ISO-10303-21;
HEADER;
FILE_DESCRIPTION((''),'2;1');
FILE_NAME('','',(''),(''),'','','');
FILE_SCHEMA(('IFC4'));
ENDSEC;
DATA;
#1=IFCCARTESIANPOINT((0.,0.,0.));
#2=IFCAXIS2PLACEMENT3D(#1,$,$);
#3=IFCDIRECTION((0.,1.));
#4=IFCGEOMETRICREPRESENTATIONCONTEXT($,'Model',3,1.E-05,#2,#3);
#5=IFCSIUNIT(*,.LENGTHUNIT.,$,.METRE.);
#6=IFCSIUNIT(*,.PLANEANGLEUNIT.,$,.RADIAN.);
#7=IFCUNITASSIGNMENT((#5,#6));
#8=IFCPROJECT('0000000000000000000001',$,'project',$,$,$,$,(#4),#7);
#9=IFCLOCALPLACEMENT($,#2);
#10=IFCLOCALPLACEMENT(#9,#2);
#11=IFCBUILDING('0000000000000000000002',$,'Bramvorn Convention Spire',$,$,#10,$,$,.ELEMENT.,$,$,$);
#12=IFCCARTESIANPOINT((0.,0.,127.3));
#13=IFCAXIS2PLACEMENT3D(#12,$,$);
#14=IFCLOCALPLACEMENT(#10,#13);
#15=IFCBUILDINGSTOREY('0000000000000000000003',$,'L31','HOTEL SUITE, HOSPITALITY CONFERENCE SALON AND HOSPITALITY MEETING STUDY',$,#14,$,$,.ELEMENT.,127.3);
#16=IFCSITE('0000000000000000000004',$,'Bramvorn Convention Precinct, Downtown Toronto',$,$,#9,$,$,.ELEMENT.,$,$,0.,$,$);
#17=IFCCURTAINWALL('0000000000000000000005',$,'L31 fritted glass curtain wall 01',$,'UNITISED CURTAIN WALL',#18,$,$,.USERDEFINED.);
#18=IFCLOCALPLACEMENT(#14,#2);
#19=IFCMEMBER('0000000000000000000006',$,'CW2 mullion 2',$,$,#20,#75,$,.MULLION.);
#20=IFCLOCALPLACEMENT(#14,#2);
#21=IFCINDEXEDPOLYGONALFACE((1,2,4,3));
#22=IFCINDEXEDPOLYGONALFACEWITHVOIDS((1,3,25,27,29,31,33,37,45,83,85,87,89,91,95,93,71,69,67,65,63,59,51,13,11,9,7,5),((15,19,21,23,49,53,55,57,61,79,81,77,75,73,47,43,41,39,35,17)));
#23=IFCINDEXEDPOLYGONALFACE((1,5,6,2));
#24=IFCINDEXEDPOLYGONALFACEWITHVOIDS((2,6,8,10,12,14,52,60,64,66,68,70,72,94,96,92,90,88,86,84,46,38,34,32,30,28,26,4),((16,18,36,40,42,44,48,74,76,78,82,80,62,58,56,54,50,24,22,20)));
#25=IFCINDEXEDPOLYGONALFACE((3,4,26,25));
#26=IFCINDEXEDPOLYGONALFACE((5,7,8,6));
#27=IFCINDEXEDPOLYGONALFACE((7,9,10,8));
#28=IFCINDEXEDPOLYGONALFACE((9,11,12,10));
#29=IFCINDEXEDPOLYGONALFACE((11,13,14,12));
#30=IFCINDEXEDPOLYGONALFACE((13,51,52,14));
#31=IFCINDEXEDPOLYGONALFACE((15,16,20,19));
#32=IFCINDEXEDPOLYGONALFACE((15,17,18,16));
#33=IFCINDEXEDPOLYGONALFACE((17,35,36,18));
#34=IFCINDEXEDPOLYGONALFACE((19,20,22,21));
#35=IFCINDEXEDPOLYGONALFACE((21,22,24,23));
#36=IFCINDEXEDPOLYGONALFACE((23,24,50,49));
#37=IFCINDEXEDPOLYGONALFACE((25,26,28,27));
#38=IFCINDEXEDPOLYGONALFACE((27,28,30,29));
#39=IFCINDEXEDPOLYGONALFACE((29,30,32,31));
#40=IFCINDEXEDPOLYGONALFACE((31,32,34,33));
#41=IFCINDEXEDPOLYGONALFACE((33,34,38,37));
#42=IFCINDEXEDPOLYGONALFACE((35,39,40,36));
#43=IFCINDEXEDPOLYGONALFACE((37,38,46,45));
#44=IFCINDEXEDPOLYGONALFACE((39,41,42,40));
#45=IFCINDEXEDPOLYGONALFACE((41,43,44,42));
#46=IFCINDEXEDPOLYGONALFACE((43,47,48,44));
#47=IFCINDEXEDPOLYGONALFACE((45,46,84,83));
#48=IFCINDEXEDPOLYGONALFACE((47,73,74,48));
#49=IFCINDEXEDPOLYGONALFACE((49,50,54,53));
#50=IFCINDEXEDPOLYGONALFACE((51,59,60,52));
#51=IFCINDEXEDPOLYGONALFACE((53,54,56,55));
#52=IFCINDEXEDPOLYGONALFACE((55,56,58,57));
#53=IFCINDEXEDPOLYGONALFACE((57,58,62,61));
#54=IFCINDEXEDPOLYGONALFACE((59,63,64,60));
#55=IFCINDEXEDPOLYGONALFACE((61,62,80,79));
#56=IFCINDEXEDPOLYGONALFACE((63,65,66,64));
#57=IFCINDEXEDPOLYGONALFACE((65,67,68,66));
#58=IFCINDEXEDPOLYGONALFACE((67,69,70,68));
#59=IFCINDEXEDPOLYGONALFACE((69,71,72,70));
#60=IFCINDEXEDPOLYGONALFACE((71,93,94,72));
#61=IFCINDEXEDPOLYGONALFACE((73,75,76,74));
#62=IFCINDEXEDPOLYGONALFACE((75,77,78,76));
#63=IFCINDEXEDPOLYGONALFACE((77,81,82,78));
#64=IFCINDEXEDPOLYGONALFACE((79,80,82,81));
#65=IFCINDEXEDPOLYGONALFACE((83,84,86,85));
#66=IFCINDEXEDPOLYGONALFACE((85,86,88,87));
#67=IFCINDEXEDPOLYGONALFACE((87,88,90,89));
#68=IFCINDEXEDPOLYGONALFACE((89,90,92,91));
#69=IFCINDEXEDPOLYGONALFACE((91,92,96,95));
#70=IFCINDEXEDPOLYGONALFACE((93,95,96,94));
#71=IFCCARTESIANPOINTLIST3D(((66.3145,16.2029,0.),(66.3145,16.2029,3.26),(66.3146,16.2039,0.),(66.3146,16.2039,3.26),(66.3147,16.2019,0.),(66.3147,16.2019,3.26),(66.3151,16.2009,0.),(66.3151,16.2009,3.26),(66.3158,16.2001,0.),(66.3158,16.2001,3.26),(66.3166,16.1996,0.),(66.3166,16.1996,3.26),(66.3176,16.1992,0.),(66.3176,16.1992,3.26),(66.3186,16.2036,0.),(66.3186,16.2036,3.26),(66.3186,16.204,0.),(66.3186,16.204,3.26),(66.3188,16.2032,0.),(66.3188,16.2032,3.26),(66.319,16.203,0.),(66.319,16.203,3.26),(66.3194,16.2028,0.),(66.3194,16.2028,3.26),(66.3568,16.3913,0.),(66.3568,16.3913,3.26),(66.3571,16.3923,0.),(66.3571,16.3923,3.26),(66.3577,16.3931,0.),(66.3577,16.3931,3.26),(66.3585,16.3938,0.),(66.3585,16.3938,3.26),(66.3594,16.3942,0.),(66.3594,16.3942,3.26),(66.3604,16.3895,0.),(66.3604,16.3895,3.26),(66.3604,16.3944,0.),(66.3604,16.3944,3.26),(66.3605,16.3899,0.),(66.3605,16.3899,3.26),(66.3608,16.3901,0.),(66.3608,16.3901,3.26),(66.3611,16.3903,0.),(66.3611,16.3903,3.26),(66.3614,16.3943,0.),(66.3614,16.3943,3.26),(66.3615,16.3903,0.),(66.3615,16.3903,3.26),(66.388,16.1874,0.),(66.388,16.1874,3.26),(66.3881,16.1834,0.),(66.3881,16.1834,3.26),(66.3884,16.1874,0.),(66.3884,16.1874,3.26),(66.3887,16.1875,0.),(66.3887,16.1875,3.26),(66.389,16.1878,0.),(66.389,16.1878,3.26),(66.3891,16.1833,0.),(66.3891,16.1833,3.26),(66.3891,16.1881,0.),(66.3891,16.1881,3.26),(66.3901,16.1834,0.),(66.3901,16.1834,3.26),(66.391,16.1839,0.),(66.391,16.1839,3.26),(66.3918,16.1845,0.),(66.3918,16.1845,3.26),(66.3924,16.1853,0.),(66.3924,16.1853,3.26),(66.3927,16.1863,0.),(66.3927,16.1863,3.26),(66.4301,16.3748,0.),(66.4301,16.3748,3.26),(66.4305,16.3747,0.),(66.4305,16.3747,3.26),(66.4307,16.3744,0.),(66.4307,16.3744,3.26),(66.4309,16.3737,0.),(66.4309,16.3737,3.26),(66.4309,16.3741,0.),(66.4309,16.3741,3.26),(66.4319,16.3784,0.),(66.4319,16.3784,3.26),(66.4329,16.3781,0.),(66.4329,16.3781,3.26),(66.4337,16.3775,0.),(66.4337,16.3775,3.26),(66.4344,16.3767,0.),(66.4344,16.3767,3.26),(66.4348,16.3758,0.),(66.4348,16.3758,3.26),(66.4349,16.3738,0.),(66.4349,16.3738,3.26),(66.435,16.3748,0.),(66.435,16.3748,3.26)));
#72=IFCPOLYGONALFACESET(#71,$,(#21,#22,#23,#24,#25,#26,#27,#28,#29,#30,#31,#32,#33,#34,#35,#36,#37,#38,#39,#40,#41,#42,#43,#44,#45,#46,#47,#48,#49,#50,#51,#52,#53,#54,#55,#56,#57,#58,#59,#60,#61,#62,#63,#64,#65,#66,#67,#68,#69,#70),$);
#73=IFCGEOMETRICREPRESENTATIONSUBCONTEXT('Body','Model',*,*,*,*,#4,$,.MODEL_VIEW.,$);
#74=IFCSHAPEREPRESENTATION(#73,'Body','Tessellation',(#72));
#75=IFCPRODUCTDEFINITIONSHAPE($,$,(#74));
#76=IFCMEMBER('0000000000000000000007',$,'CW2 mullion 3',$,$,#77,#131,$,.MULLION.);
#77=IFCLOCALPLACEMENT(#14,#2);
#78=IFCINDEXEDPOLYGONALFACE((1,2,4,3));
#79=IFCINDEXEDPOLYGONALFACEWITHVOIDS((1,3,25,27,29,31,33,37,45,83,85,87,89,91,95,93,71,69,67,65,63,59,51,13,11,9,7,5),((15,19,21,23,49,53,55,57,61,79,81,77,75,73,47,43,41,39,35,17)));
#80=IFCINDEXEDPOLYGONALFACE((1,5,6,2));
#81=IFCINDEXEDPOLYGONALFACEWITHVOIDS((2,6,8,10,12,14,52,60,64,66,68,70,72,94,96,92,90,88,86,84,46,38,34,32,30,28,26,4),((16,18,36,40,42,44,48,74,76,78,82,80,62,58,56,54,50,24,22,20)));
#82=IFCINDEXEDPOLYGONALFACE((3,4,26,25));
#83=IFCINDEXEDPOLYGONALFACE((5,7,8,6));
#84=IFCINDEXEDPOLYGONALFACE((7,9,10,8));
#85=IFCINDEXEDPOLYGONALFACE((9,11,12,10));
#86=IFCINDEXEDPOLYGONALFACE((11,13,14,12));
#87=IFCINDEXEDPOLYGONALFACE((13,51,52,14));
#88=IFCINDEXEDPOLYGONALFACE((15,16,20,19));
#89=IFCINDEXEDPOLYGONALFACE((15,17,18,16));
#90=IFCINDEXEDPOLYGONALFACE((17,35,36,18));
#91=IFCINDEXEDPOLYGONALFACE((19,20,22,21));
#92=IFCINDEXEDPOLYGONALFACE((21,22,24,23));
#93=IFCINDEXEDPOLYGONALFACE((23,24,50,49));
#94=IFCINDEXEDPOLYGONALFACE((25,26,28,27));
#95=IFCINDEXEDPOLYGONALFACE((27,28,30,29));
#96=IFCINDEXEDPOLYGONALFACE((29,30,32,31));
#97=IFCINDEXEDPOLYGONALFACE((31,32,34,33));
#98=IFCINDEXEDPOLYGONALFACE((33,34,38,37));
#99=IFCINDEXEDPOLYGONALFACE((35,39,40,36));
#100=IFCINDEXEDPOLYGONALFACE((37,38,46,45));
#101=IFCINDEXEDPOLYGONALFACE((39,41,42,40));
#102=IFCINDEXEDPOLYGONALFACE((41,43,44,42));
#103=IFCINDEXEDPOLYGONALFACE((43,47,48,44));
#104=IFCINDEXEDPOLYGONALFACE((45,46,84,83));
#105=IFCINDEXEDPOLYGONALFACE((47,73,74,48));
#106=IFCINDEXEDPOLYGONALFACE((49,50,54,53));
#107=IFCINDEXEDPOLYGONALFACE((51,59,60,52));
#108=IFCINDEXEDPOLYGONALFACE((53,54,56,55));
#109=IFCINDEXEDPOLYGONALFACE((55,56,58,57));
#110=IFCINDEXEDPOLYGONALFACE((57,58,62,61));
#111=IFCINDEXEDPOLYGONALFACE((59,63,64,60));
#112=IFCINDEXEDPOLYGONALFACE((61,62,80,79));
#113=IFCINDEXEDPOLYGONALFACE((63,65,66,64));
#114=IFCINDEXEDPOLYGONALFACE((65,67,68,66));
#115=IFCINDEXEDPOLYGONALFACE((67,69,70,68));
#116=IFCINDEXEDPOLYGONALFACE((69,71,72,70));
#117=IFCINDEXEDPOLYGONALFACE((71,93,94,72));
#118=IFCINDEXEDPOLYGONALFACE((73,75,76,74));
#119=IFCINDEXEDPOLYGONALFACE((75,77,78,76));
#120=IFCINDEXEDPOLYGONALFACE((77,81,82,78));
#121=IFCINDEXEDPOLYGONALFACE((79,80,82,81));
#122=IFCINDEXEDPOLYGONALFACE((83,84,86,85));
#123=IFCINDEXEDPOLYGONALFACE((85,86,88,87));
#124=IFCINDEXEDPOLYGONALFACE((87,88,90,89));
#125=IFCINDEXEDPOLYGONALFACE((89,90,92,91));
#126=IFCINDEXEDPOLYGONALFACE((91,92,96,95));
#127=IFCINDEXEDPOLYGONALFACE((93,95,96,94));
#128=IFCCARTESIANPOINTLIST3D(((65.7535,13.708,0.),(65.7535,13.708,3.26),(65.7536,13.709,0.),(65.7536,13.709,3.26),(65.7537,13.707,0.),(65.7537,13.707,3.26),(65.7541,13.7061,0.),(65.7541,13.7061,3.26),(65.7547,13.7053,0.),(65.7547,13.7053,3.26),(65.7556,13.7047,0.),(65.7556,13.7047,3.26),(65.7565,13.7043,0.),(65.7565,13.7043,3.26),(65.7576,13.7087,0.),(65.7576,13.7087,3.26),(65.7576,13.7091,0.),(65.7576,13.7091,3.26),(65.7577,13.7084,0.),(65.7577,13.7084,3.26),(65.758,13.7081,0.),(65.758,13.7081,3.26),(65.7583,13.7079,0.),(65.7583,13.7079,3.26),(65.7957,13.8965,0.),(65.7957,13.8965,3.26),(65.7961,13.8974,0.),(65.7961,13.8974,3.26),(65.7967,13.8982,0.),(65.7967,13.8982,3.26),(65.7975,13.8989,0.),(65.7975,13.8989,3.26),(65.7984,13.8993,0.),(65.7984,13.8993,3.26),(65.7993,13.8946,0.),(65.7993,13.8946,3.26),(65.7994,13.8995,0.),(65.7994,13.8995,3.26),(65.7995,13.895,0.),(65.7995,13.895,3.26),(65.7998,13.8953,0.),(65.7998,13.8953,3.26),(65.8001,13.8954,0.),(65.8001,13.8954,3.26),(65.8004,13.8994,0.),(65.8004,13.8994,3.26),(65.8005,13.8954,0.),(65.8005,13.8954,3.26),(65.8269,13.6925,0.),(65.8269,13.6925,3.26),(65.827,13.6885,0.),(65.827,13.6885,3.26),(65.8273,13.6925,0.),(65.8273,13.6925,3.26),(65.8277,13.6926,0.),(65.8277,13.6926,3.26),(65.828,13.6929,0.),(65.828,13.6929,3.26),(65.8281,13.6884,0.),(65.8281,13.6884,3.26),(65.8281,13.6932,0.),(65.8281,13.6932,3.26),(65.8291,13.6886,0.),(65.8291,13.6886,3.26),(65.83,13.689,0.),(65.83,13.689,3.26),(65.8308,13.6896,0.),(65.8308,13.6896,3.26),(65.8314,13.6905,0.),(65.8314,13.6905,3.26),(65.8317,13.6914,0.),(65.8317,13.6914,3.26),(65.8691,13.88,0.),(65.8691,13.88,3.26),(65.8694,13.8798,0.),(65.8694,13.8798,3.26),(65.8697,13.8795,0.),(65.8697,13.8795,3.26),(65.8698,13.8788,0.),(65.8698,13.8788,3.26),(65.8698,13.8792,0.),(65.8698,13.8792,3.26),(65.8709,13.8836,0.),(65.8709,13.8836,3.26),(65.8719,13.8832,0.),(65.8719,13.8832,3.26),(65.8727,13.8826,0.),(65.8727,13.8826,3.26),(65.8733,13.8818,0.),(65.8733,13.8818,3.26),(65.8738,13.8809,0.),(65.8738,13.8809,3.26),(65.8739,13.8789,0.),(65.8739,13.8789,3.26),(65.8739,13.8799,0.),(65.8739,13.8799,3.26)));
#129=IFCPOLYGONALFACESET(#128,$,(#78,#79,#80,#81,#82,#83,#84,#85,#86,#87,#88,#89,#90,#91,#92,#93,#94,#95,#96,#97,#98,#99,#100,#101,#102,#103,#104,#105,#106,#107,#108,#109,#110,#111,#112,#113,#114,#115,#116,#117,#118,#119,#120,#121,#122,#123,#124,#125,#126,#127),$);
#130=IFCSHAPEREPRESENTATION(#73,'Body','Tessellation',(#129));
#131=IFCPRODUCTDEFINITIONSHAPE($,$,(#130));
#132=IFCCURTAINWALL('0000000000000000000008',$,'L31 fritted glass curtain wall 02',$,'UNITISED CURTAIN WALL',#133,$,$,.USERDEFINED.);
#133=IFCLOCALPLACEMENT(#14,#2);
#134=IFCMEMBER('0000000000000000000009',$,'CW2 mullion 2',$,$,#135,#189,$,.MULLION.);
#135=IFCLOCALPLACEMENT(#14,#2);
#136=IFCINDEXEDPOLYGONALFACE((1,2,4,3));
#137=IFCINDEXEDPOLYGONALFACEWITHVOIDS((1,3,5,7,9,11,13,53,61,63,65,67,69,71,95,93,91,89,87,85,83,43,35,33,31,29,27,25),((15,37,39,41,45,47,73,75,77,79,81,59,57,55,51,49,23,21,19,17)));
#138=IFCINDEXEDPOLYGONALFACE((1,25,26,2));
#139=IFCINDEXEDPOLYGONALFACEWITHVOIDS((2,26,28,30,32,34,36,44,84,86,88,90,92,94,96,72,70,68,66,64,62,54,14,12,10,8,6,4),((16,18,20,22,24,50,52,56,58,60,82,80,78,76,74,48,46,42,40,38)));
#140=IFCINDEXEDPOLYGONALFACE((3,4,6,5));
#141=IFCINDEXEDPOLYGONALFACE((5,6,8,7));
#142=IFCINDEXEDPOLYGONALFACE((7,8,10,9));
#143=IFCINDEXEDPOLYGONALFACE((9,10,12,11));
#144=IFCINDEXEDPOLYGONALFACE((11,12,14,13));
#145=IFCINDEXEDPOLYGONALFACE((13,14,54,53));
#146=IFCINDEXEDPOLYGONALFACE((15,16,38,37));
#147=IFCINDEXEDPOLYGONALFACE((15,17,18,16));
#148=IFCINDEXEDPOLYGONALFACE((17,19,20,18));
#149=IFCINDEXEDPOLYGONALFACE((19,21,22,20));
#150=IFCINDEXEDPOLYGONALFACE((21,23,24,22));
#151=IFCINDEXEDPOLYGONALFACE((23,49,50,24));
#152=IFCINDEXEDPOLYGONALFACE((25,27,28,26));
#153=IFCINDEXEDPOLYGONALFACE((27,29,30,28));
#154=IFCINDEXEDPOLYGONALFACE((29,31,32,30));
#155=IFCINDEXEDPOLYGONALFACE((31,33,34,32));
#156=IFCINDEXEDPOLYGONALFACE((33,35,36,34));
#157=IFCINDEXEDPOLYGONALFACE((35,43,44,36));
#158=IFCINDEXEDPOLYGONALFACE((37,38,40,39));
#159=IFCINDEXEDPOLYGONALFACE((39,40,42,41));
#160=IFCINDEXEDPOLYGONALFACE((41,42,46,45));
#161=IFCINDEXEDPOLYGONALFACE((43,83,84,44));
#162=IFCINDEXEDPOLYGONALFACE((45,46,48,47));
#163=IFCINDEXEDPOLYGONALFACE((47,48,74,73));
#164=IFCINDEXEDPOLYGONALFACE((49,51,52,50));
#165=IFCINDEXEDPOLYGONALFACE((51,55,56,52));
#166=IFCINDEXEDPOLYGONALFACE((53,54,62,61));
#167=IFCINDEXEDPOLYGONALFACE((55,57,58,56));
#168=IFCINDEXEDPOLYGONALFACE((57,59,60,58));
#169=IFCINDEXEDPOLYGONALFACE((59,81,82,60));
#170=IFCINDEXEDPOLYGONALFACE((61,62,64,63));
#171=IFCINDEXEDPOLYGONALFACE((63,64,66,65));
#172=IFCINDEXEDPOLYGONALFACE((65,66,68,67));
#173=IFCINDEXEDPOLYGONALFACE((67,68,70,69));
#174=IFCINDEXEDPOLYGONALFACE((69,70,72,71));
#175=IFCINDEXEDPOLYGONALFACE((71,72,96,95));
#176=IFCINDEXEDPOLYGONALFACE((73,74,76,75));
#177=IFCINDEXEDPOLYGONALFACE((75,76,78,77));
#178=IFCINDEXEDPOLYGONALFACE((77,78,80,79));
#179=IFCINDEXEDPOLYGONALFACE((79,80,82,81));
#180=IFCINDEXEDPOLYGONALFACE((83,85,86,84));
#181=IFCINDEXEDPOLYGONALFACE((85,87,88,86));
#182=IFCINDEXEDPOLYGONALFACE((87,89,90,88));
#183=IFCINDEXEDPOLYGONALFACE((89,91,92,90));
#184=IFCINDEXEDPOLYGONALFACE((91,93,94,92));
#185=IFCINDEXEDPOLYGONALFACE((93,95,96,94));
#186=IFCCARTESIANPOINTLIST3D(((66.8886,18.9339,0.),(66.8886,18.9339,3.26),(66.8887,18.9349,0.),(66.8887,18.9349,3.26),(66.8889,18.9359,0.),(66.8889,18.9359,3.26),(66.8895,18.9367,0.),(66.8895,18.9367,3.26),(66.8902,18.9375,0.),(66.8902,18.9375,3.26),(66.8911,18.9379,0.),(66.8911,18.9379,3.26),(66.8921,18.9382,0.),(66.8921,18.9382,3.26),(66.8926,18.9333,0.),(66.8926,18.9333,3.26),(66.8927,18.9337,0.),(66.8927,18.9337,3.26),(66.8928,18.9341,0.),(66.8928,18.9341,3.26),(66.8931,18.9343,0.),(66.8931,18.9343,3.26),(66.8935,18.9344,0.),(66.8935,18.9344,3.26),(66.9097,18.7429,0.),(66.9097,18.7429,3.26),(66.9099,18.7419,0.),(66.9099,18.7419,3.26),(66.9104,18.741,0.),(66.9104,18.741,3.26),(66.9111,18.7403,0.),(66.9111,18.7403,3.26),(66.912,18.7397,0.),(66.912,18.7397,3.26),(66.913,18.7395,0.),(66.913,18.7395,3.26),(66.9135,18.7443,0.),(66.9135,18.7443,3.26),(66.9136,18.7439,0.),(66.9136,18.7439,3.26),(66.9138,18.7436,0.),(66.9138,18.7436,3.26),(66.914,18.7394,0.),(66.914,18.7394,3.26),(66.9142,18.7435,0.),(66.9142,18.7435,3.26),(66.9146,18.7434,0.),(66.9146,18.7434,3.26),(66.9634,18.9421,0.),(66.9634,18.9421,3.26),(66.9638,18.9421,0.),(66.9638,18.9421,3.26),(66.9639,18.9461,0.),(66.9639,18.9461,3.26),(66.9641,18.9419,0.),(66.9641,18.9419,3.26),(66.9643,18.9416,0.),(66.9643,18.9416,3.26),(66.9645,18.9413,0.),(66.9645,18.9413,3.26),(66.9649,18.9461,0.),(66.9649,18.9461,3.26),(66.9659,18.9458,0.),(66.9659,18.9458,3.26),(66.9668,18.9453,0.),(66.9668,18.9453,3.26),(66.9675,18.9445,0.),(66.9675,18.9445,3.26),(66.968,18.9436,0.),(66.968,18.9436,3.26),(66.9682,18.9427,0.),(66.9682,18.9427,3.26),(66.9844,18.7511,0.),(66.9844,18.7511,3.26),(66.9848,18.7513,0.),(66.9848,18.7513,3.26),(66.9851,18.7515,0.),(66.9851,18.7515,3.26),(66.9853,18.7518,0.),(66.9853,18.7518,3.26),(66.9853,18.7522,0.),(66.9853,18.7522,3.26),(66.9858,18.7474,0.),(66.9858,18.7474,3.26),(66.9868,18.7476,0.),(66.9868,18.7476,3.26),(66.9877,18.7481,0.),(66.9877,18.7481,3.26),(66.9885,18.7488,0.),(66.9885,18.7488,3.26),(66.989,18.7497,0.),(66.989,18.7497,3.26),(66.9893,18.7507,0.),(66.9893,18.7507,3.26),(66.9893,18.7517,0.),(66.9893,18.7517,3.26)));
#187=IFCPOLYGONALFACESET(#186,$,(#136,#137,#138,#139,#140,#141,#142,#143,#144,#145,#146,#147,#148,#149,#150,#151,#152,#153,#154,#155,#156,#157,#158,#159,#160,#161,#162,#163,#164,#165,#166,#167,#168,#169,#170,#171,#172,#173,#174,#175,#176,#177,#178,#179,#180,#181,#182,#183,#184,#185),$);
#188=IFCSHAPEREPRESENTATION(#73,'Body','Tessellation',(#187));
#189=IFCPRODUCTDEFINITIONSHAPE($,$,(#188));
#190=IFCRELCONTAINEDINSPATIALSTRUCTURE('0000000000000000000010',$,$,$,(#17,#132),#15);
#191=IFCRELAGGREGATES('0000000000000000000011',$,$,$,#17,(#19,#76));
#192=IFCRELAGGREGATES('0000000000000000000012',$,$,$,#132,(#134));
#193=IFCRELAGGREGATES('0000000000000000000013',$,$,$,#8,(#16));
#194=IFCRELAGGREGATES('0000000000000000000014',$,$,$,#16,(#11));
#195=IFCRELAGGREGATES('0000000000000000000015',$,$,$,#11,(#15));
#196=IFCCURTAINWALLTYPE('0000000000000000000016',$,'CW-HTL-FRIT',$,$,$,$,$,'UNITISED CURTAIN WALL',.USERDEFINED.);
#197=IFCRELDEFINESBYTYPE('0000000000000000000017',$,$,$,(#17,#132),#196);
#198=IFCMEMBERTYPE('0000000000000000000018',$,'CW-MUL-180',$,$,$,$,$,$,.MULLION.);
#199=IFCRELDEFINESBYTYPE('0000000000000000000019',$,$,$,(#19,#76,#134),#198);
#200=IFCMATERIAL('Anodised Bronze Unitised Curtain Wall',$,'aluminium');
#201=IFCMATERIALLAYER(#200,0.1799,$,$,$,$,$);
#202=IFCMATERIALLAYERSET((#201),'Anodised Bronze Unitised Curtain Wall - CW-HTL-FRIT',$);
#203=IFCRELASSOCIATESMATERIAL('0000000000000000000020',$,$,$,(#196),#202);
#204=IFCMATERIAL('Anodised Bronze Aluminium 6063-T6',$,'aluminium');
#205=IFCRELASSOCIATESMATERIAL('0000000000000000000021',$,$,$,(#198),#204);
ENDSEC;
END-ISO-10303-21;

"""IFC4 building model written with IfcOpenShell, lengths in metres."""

from ifc_helpers import new_model, si_unit, direction, frame, origin, origin_2d, place, context, subcontext, project, spatial, hollow_rectangle, extrude, material, layer, layer_set, material_profile, profile_set, type_object, element, aggregate, save


model = new_model("IFC4")

# Units and contexts
model_context = context("Model", 3, precision=1e-05, world=origin(), true_north=direction((0.0, 1.0)))
body_context = subcontext(model_context, "Body", "Model", "MODEL_VIEW")
ifc_project = project(units=[si_unit("LENGTHUNIT", "METRE"), si_unit("PLANEANGLEUNIT", "RADIAN")], contexts=[model_context])

# Site, building, storey
site_placement = place(None, origin())
site = spatial("IfcSite", under=ifc_project, at=site_placement, Name="Bramvorn Convention Precinct, Downtown Toronto", CompositionType="ELEMENT", RefElevation=0.0)
building_placement = place(site_placement, origin())
building = spatial("IfcBuilding", under=site, at=building_placement, Name="Bramvorn Convention Spire", CompositionType="ELEMENT")
storey_placement = place(building_placement, frame((0.0, 0.0, 127.3)))
storey = spatial("IfcBuildingStorey", under=building, at=storey_placement, Name="L31", Description="HOTEL SUITE, HOSPITALITY CONFERENCE SALON AND HOSPITALITY MEETING STUDY", CompositionType="ELEMENT", Elevation=127.3)

# Curtain wall, members
ifc_material_1 = material(Name="Anodised Bronze Unitised Curtain Wall", Category="aluminium")
ifc_layer_1 = layer(ifc_material_1, 0.1799)
ifc_layer_set_1 = layer_set([ifc_layer_1], Name="Anodised Bronze Unitised Curtain Wall - CW-HTL-FRIT")
curtain_wall_type = type_object("IfcCurtainWallType", Name="CW-HTL-FRIT", ElementType="UNITISED CURTAIN WALL", PredefinedType="USERDEFINED", material=ifc_layer_set_1)
curtain_wall_1_placement = place(storey_placement, origin())
curtain_wall_1 = element("IfcCurtainWall", 1, at=curtain_wall_1_placement, inside=storey, type_object=curtain_wall_type, Name="L31 fritted glass curtain wall 01", ObjectType="UNITISED CURTAIN WALL", PredefinedType="USERDEFINED")
ifc_material_2 = material(Name="Anodised Bronze Aluminium 6063-T6", Category="aluminium")
ifc_material_profile_1 = material_profile(ifc_material_2, hollow_rectangle(XDim=0.0801, YDim=0.2, WallThickness=0.0039, InnerFilletRadius=0.001, OuterFilletRadius=0.0039, at=origin_2d()))
ifc_profile_set_1 = profile_set([ifc_material_profile_1], Name="Anodised Bronze Aluminium 6063-T6 - CWM80X200")
member_type_1 = type_object("IfcMemberType", Name="CW-MUL-180", PredefinedType="MULLION", material=ifc_profile_set_1)
member_1_placement = place(storey_placement, frame((66.3748, 16.2888, 0.0), z_axis=(0.0, 0.0, 1.0), x_axis=(0.975646, -0.219353, 0.0)))
member_1 = element("IfcMember", 2, at=member_1_placement, type_object=member_type_1, Name="CW2 mullion 2", PredefinedType="MULLION", context=body_context, shape_type="SweptSolid", body=[
    extrude(hollow_rectangle(XDim=0.0801, YDim=0.2, WallThickness=0.0039, InnerFilletRadius=0.001, OuterFilletRadius=0.0039, at=origin_2d()), origin(), (0.0, 0.0, 1.0), 3.26),
])
member_2_placement = place(storey_placement, frame((65.8137, 13.7939, 0.0), z_axis=(0.0, 0.0, 1.0), x_axis=(0.975646, -0.219353, 0.0)))
member_2 = element("IfcMember", 3, at=member_2_placement, type_object=member_type_1, Name="CW2 mullion 3", PredefinedType="MULLION", context=body_context, shape_type="SweptSolid", body=[
    extrude(hollow_rectangle(XDim=0.0801, YDim=0.2, WallThickness=0.0039, InnerFilletRadius=0.001, OuterFilletRadius=0.0039, at=origin_2d()), origin(), (0.0, 0.0, 1.0), 3.26),
])

# Curtain wall, member
curtain_wall_2_placement = place(storey_placement, origin())
curtain_wall_2 = element("IfcCurtainWall", 4, at=curtain_wall_2_placement, inside=storey, type_object=curtain_wall_type, Name="L31 fritted glass curtain wall 02", ObjectType="UNITISED CURTAIN WALL", PredefinedType="USERDEFINED")
member_3_placement = place(storey_placement, frame((66.939, 18.8428, 0.0), z_axis=(0.0, 0.0, 1.0), x_axis=(0.993975, 0.109606, 0.0)))
member_3 = element("IfcMember", 5, at=member_3_placement, type_object=member_type_1, Name="CW2 mullion 2", PredefinedType="MULLION", context=body_context, shape_type="SweptSolid", body=[
    extrude(hollow_rectangle(XDim=0.0801, YDim=0.2, WallThickness=0.0039, InnerFilletRadius=0.001, OuterFilletRadius=0.0039, at=origin_2d()), origin(), (0.0, 0.0, 1.0), 3.26),
])

aggregate(curtain_wall_1, [member_1, member_2])
aggregate(curtain_wall_2, [member_3])

save(model, "model.ifc")
